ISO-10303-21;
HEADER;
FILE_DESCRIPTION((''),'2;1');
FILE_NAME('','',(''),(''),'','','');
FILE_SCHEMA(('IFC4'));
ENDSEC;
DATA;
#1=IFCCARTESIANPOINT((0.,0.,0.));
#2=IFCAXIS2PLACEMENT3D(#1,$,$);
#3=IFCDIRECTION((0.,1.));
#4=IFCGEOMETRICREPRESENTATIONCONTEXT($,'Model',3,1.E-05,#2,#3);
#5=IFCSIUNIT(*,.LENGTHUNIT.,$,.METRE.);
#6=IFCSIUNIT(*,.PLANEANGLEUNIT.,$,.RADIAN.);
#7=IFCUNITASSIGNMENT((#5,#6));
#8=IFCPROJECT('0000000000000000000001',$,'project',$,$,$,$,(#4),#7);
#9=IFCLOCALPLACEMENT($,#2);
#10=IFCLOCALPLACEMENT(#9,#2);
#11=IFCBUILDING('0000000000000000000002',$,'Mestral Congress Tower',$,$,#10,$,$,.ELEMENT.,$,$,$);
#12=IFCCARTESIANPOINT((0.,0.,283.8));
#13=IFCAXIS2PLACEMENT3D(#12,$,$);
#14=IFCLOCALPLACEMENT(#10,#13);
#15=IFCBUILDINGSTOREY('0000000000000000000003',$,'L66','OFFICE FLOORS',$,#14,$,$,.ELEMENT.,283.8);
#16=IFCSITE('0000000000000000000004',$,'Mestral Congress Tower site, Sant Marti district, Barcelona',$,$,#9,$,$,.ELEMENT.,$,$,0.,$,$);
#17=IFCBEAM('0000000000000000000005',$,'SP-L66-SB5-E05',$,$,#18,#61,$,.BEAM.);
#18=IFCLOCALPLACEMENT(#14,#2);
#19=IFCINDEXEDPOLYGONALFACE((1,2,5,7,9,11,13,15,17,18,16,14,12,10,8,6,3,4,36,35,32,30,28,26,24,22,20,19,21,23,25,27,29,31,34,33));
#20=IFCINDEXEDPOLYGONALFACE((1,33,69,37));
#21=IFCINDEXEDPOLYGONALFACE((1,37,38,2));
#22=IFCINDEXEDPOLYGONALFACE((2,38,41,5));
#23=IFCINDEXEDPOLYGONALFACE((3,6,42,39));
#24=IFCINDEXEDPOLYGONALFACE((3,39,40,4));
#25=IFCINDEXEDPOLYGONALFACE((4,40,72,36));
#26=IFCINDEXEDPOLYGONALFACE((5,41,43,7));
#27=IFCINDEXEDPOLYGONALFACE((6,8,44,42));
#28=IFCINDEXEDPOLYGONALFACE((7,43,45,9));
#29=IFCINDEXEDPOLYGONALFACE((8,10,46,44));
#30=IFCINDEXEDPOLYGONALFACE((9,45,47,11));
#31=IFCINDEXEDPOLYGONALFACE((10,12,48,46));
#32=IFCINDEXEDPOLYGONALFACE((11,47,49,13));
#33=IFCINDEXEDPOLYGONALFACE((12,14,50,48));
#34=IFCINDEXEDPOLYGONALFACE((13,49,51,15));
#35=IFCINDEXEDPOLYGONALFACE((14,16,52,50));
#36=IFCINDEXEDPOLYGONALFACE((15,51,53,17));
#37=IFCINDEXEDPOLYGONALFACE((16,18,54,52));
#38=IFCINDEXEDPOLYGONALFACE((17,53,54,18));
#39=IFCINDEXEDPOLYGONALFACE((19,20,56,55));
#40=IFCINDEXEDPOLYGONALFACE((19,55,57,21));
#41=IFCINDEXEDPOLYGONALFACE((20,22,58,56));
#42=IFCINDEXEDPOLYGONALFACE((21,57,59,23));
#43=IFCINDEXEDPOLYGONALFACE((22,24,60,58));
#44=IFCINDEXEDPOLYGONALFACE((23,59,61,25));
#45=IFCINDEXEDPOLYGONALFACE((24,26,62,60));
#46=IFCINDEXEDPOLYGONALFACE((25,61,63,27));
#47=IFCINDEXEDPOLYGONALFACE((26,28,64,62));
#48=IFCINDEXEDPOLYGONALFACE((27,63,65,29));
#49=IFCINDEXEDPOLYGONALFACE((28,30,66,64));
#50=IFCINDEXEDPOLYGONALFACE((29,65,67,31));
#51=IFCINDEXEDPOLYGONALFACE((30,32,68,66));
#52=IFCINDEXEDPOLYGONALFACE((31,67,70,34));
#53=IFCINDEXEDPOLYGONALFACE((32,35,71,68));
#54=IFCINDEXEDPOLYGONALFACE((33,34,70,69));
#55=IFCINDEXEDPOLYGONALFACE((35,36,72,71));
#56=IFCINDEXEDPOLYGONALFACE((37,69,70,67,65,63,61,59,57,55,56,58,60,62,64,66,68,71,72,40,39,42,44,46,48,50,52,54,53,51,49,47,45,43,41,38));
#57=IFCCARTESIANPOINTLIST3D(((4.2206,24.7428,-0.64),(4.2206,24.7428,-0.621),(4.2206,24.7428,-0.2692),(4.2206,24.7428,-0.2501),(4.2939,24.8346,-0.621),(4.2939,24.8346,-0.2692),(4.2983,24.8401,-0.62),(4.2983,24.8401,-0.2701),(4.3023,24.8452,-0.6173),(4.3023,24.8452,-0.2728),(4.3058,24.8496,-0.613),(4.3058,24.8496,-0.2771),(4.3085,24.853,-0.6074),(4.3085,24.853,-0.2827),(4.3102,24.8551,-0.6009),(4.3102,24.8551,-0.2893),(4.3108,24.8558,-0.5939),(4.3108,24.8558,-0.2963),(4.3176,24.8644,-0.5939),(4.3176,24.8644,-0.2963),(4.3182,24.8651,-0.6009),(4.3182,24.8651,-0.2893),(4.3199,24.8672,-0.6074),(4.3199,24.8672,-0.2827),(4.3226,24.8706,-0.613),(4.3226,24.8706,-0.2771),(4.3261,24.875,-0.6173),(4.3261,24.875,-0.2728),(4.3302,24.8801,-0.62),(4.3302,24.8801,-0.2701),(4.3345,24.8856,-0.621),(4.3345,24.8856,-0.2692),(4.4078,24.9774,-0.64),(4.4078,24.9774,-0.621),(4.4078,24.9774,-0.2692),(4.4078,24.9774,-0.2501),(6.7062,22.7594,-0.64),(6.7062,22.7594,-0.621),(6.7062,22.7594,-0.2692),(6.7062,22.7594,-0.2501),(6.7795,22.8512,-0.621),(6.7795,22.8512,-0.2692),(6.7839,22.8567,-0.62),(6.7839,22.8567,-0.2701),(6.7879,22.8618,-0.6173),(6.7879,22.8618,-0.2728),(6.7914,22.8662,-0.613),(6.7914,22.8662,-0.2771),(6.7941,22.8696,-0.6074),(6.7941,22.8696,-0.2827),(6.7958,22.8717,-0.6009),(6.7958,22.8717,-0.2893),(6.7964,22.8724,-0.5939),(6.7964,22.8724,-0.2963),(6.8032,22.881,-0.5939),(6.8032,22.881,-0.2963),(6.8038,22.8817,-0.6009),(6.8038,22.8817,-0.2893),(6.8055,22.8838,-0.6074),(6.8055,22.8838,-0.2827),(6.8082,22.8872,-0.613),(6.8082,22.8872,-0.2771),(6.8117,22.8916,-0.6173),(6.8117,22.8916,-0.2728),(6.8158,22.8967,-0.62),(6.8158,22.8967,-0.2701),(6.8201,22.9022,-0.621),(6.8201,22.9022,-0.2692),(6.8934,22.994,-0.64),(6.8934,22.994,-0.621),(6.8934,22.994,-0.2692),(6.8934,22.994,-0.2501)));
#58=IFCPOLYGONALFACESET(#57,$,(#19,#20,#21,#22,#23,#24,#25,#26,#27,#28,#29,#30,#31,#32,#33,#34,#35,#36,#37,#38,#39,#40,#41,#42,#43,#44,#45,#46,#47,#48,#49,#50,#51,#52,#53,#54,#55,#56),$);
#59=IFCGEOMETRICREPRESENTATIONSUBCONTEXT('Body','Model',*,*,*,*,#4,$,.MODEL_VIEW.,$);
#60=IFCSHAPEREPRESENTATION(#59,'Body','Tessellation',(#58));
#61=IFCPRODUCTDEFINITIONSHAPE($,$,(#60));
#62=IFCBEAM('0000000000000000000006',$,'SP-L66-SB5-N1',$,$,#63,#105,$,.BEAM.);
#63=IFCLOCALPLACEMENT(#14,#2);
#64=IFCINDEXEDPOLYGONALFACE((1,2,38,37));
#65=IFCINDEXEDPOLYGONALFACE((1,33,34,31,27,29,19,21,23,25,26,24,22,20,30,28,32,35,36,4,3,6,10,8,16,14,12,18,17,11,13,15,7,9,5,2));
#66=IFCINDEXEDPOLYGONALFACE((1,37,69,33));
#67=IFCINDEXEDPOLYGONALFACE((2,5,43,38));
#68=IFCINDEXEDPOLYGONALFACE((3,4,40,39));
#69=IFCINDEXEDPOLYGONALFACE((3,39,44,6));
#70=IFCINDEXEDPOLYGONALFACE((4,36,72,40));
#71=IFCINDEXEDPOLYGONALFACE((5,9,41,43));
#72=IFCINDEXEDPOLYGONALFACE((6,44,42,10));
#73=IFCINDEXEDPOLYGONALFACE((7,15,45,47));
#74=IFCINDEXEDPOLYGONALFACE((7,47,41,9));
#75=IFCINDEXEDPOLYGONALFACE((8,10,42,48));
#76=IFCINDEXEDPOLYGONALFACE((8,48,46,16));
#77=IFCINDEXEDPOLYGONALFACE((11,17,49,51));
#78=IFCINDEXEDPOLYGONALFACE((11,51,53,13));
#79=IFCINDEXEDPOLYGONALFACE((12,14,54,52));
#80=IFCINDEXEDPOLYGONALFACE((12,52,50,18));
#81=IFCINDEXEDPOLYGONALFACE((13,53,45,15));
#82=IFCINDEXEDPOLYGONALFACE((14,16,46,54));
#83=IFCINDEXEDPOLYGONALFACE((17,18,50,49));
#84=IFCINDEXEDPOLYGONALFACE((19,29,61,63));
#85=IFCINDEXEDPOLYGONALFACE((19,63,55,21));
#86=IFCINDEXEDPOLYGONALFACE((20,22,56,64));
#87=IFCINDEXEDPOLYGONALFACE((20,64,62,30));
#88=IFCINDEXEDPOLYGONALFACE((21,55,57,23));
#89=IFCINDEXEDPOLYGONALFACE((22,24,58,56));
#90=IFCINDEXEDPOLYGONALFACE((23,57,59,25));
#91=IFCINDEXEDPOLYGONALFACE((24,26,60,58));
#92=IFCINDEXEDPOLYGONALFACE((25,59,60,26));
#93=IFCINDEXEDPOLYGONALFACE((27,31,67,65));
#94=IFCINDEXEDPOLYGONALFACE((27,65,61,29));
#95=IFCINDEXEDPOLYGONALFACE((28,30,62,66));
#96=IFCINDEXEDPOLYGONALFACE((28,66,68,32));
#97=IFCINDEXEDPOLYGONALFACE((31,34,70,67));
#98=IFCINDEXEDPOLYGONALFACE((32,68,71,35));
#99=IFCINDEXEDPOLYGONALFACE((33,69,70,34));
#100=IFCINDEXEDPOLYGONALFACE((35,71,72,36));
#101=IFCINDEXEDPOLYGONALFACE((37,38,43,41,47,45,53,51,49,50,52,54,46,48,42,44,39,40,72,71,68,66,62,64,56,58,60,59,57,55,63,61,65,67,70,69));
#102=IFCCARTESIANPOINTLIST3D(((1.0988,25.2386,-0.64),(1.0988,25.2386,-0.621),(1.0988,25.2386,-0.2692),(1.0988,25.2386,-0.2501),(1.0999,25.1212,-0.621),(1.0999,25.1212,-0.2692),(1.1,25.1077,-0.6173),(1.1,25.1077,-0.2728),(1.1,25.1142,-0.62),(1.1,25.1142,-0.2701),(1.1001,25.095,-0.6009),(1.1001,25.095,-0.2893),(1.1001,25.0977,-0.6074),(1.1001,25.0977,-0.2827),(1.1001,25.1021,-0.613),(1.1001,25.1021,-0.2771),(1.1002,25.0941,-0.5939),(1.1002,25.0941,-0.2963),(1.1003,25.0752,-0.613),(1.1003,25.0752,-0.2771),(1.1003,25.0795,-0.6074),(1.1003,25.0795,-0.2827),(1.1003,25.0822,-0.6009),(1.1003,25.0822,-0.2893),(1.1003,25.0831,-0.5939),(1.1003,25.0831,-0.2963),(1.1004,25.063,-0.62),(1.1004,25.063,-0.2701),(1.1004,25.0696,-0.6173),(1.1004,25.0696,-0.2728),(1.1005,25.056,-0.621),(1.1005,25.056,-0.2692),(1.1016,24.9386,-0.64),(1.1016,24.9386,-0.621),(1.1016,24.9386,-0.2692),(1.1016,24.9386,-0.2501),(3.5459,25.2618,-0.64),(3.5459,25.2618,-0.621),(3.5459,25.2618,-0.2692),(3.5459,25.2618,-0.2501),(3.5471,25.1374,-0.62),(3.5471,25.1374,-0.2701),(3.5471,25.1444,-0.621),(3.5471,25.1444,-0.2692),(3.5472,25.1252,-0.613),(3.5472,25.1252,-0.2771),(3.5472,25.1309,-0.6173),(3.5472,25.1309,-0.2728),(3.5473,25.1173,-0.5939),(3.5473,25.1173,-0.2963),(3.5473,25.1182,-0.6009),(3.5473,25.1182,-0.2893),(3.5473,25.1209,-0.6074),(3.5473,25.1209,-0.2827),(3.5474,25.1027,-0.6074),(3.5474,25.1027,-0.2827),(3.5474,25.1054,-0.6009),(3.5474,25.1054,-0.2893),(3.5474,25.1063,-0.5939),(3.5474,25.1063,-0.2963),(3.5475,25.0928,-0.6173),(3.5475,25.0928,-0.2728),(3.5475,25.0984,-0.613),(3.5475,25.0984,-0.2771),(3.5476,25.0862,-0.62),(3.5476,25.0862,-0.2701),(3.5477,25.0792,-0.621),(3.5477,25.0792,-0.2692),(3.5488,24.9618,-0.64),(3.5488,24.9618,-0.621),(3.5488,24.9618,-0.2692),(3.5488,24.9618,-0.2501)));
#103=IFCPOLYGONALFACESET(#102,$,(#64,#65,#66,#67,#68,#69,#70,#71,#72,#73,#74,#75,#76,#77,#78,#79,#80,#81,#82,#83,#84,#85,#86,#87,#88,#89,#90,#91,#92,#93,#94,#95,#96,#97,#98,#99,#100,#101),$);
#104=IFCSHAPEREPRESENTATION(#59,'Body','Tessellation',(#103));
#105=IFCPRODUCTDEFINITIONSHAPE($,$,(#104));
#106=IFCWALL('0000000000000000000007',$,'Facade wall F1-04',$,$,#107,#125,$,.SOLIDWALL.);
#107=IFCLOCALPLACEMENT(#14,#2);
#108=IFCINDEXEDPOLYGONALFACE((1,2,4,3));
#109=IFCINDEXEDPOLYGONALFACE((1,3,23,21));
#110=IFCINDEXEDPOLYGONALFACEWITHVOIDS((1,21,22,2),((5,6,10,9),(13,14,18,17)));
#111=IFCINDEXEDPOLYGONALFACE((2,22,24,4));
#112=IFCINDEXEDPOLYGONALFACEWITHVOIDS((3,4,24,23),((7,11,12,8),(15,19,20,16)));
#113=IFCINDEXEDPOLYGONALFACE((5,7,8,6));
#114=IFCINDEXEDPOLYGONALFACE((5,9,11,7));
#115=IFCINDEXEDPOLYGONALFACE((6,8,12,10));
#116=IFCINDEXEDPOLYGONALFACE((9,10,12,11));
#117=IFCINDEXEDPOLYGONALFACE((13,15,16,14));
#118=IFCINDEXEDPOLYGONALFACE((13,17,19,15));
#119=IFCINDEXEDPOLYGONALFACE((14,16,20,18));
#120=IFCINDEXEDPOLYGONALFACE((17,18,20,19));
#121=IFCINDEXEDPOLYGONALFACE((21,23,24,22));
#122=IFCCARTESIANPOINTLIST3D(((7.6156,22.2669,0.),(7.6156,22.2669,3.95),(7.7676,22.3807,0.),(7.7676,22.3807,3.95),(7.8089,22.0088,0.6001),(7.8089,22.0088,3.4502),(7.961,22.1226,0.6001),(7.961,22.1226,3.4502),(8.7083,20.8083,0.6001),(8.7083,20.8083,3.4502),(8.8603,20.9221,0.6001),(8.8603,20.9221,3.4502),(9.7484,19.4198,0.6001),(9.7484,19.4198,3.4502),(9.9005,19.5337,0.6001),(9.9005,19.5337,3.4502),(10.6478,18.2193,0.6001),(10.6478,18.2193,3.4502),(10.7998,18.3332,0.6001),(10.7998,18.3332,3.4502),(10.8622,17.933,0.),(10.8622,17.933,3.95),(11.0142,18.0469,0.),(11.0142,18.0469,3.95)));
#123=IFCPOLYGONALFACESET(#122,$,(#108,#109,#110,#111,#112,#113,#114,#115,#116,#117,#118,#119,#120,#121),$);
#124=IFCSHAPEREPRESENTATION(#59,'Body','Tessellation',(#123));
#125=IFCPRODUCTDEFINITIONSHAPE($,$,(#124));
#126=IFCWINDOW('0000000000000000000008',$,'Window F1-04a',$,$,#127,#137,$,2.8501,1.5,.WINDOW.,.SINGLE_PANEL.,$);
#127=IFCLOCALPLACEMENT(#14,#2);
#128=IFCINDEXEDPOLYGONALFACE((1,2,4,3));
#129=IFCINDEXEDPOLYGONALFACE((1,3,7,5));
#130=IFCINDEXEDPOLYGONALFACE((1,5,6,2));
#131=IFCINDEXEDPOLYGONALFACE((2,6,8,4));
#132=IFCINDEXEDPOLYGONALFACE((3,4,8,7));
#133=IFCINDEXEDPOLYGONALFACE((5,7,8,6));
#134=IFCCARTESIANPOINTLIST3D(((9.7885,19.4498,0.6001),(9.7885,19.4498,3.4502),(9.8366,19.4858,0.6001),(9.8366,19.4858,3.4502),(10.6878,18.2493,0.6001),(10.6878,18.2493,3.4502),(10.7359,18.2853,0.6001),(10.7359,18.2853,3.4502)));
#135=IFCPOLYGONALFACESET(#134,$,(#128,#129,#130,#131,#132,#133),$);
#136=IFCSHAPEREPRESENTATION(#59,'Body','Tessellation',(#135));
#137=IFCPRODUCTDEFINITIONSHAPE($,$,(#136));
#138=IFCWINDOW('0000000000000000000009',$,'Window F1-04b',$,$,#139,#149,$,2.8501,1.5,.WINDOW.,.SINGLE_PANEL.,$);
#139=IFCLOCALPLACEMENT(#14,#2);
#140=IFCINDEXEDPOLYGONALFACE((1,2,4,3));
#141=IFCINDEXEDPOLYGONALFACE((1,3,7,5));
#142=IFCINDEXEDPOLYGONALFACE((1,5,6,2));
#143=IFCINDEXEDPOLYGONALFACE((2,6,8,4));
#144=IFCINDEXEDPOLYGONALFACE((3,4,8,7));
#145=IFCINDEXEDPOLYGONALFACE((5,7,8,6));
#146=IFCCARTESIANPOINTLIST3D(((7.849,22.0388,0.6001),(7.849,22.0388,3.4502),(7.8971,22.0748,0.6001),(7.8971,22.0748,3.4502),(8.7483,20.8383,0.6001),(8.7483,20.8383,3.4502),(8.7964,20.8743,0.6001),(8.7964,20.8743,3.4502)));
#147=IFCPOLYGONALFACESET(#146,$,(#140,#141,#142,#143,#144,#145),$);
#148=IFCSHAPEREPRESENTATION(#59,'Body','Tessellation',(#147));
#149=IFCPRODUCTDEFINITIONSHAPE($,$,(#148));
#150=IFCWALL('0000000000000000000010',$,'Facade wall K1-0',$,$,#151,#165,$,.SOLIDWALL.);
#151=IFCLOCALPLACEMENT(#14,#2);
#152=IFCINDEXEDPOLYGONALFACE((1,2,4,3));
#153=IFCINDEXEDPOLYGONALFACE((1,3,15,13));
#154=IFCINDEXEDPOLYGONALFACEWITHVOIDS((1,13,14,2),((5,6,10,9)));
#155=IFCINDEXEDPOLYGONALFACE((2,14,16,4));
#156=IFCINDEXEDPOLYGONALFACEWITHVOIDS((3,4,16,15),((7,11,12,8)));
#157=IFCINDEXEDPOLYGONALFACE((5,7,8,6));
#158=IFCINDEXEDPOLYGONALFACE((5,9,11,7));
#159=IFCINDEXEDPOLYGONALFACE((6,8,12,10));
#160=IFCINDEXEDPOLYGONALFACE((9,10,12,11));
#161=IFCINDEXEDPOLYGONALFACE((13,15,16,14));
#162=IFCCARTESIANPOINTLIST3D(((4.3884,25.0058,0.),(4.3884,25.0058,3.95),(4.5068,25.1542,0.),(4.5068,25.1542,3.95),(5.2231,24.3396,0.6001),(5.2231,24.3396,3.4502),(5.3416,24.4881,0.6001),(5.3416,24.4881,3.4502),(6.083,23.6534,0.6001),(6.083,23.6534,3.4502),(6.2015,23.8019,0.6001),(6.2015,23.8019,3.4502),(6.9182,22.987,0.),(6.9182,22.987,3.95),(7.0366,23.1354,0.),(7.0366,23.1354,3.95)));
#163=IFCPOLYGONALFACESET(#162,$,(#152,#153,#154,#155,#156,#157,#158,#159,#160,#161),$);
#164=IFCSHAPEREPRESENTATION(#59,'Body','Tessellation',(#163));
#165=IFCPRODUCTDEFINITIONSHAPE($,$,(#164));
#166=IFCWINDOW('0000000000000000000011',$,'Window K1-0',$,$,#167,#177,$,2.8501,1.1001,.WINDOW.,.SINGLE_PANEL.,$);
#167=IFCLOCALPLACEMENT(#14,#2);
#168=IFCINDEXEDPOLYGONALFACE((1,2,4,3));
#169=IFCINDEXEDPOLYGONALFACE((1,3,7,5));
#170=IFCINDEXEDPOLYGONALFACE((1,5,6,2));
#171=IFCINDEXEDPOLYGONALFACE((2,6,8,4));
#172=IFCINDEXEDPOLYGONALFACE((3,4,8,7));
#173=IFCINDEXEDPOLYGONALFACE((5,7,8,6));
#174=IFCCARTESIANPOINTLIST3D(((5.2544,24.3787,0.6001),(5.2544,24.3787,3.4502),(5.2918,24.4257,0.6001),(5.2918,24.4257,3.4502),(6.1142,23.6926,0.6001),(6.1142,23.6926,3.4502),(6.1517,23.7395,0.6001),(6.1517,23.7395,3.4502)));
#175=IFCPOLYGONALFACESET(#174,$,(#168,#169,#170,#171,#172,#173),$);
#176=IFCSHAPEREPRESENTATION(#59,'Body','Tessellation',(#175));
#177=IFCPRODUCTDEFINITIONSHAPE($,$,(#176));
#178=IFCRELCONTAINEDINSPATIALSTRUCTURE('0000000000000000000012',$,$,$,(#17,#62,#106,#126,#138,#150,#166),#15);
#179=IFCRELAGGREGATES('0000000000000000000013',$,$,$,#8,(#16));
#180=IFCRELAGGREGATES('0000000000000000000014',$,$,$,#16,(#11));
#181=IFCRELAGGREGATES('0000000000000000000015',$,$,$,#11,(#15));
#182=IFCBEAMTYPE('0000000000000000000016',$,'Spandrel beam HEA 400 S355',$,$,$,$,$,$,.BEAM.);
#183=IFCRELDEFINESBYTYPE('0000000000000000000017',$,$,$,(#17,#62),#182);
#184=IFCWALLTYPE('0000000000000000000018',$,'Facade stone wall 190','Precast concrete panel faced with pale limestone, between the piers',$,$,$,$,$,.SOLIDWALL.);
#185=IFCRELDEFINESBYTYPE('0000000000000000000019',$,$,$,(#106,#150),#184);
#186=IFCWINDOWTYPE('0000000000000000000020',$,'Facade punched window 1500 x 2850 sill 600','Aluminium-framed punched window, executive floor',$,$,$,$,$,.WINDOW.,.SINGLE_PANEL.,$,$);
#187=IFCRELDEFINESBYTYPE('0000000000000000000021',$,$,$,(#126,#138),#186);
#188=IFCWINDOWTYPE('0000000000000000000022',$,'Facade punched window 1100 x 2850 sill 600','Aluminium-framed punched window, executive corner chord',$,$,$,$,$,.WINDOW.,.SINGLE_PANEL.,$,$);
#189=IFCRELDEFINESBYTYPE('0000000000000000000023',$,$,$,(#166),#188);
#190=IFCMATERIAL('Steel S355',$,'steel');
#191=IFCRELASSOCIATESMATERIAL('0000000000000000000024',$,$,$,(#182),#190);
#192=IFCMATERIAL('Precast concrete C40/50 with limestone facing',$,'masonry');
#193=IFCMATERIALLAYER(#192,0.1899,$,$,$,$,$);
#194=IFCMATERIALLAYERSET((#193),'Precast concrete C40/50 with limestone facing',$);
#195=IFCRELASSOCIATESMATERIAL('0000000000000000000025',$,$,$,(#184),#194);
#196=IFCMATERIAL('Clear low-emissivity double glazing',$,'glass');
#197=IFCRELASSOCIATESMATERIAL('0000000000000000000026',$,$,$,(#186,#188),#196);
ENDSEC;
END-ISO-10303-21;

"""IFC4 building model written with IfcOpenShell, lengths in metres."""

from ifc_helpers import new_model, si_unit, direction, frame, frame_2d, origin, origin_2d, place, context, subcontext, project, spatial, rectangle, i_section, extrude, material, layer, layer_set, material_profile, profile_set, type_object, element, fill, save


model = new_model("IFC4")

# Units and contexts
model_context = context("Model", 3, precision=1e-05, world=origin(), true_north=direction((0.0, 1.0)))
body_context = subcontext(model_context, "Body", "Model", "MODEL_VIEW")
ifc_project = project(units=[si_unit("LENGTHUNIT", "METRE"), si_unit("PLANEANGLEUNIT", "RADIAN")], contexts=[model_context])

# Site, building, storey
site_placement = place(None, origin())
site = spatial("IfcSite", under=ifc_project, at=site_placement, Name="Mestral Congress Tower site, Sant Marti district, Barcelona", CompositionType="ELEMENT", RefElevation=0.0)
building_placement = place(site_placement, origin())
building = spatial("IfcBuilding", under=site, at=building_placement, Name="Mestral Congress Tower", CompositionType="ELEMENT")
storey_placement = place(building_placement, frame((0.0, 0.0, 283.8)))
storey = spatial("IfcBuildingStorey", under=building, at=storey_placement, Name="L66", Description="OFFICE FLOORS", CompositionType="ELEMENT", Elevation=283.8)

# Beams
ifc_material_1 = material(Name="Steel S355", Category="steel")
ifc_material_profile_1 = material_profile(ifc_material_1, i_section(OverallWidth=0.3, OverallDepth=0.3899, WebThickness=0.011, FlangeThickness=0.019, FilletRadius=0.0271, at=origin_2d()), Name="HEA 400")
ifc_profile_set_1 = profile_set([ifc_material_profile_1], Name="Steel S355")
beam_type_1 = type_object("IfcBeamType", Name="Spandrel beam HEA 400 S355", PredefinedType="BEAM", material=ifc_profile_set_1)
beam_1_placement = place(storey_placement, frame((6.7998, 22.8767, -0.4451), z_axis=(-0.781647, 0.623721, 0.0), x_axis=(-0.623721, -0.781647, 0.0)))
element("IfcBeam", 1, at=beam_1_placement, inside=storey, type_object=beam_type_1, Name="SP-L66-SB5-E05", PredefinedType="BEAM", context=body_context, shape_type="SweptSolid", body=[
    extrude(i_section(OverallWidth=0.3, OverallDepth=0.3899, WebThickness=0.011, FlangeThickness=0.019, FilletRadius=0.0271, at=origin_2d()), origin(), (0.0, 0.0, 1.0), 3.1799),
])
beam_2_placement = place(storey_placement, frame((3.5474, 25.1118, -0.4451), z_axis=(-0.999955, -0.009477, 0.0), x_axis=(0.009477, -0.999955, 0.0)))
element("IfcBeam", 2, at=beam_2_placement, inside=storey, type_object=beam_type_1, Name="SP-L66-SB5-N1", PredefinedType="BEAM", context=body_context, shape_type="SweptSolid", body=[
    extrude(i_section(OverallWidth=0.3, OverallDepth=0.3899, WebThickness=0.011, FlangeThickness=0.019, FilletRadius=0.0271, at=origin_2d()), origin(), (0.0, 0.0, 1.0), 2.4473),
])

# Wall, openings, windows
ifc_material_2 = material(Name="Precast concrete C40/50 with limestone facing", Category="masonry")
ifc_layer_1 = layer(ifc_material_2, 0.1899)
ifc_layer_set_1 = layer_set([ifc_layer_1], Name="Precast concrete C40/50 with limestone facing")
wall_type_1 = type_object("IfcWallType", Name="Facade stone wall 190", Description="Precast concrete panel faced with pale limestone, between the piers", PredefinedType="SOLIDWALL", material=ifc_layer_set_1)
wall_1_placement = place(storey_placement, frame((10.9382, 17.99, 0.0), z_axis=(0.0, 0.0, 1.0), x_axis=(-0.59956, 0.80033, 0.0)))
wall_1 = element("IfcWall", 3, at=wall_1_placement, inside=storey, type_object=wall_type_1, Name="Facade wall F1-04", PredefinedType="SOLIDWALL", context=body_context, shape_type="SweptSolid", body=[
    extrude(rectangle(XDim=5.415, YDim=0.1899, at=frame_2d((2.7075, 0.0))), origin(), (0.0, 0.0, 1.0), 3.95),
])
opening_1_placement = place(wall_1_placement, frame((0.3577, 0.0, 0.6001)))
opening_1 = element("IfcOpeningElement", 4, at=opening_1_placement, cuts=wall_1, PredefinedType="OPENING", context=body_context, shape_type="SweptSolid", body=[
    extrude(rectangle(XDim=1.5, YDim=2.8501, at=frame_2d((0.75, 1.425))), frame((0.0, 0.105, 0.0), z_axis=(0.0, -1.0, 0.0), x_axis=(1.0, 0.0, 0.0)), (0.0, 0.0, 1.0), 0.21),
])
opening_2_placement = place(wall_1_placement, frame((3.5925, 0.0, 0.6001)))
opening_2 = element("IfcOpeningElement", 5, at=opening_2_placement, cuts=wall_1, PredefinedType="OPENING", context=body_context, shape_type="SweptSolid", body=[
    extrude(rectangle(XDim=1.5, YDim=2.8501, at=frame_2d((0.75, 1.425))), frame((0.0, 0.105, 0.0), z_axis=(0.0, -1.0, 0.0), x_axis=(1.0, 0.0, 0.0)), (0.0, 0.0, 1.0), 0.21),
])
ifc_material_3 = material(Name="Clear low-emissivity double glazing", Category="glass")
window_type_1 = type_object("IfcWindowType", Name="Facade punched window 1500 x 2850 sill 600", Description="Aluminium-framed punched window, executive floor", PartitioningType="SINGLE_PANEL", PredefinedType="WINDOW", material=ifc_material_3)
window_1_placement = place(opening_1_placement, origin())
window_1 = element("IfcWindow", 6, at=window_1_placement, inside=storey, type_object=window_type_1, Name="Window F1-04a", OverallHeight=2.8501, OverallWidth=1.5, PartitioningType="SINGLE_PANEL", PredefinedType="WINDOW", context=body_context, shape_type="SweptSolid", body=[
    extrude(rectangle(XDim=1.5, YDim=2.8501, at=frame_2d((0.75, 1.425))), frame((0.0, 0.0449, 0.0), z_axis=(0.0, -1.0, 0.0), x_axis=(1.0, 0.0, 0.0)), (0.0, 0.0, 1.0), 0.0601),
])
fill(opening_1, window_1)
window_2_placement = place(opening_2_placement, origin())
window_2 = element("IfcWindow", 7, at=window_2_placement, inside=storey, type_object=window_type_1, Name="Window F1-04b", OverallHeight=2.8501, OverallWidth=1.5, PartitioningType="SINGLE_PANEL", PredefinedType="WINDOW", context=body_context, shape_type="SweptSolid", body=[
    extrude(rectangle(XDim=1.5, YDim=2.8501, at=frame_2d((0.75, 1.425))), frame((0.0, 0.0449, 0.0), z_axis=(0.0, -1.0, 0.0), x_axis=(1.0, 0.0, 0.0)), (0.0, 0.0, 1.0), 0.0601),
])
fill(opening_2, window_2)

# Wall, opening, window
wall_2_placement = place(storey_placement, frame((6.9773, 23.0613, 0.0), z_axis=(0.0, 0.0, 1.0), x_axis=(-0.781626, 0.623747, 0.0)))
wall_2 = element("IfcWall", 8, at=wall_2_placement, inside=storey, type_object=wall_type_1, Name="Facade wall K1-0", PredefinedType="SOLIDWALL", context=body_context, shape_type="SweptSolid", body=[
    extrude(rectangle(XDim=3.2366, YDim=0.1899, at=frame_2d((1.6182, 0.0))), origin(), (0.0, 0.0, 1.0), 3.95),
])
opening_3_placement = place(wall_2_placement, frame((1.0684, 0.0, 0.6001)))
opening_3 = element("IfcOpeningElement", 9, at=opening_3_placement, cuts=wall_2, PredefinedType="OPENING", context=body_context, shape_type="SweptSolid", body=[
    extrude(rectangle(XDim=1.1001, YDim=2.8501, at=frame_2d((0.55, 1.425))), frame((0.0, 0.105, 0.0), z_axis=(0.0, -1.0, 0.0), x_axis=(1.0, 0.0, 0.0)), (0.0, 0.0, 1.0), 0.21),
])
window_type_2 = type_object("IfcWindowType", Name="Facade punched window 1100 x 2850 sill 600", Description="Aluminium-framed punched window, executive corner chord", PartitioningType="SINGLE_PANEL", PredefinedType="WINDOW", material=ifc_material_3)
window_3_placement = place(opening_3_placement, origin())
window_3 = element("IfcWindow", 10, at=window_3_placement, inside=storey, type_object=window_type_2, Name="Window K1-0", OverallHeight=2.8501, OverallWidth=1.1001, PartitioningType="SINGLE_PANEL", PredefinedType="WINDOW", context=body_context, shape_type="SweptSolid", body=[
    extrude(rectangle(XDim=1.1001, YDim=2.8501, at=frame_2d((0.55, 1.425))), frame((0.0, 0.0449, 0.0), z_axis=(0.0, -1.0, 0.0), x_axis=(1.0, 0.0, 0.0)), (0.0, 0.0, 1.0), 0.0601),
])
fill(opening_3, window_3)

save(model, "model.ifc")
